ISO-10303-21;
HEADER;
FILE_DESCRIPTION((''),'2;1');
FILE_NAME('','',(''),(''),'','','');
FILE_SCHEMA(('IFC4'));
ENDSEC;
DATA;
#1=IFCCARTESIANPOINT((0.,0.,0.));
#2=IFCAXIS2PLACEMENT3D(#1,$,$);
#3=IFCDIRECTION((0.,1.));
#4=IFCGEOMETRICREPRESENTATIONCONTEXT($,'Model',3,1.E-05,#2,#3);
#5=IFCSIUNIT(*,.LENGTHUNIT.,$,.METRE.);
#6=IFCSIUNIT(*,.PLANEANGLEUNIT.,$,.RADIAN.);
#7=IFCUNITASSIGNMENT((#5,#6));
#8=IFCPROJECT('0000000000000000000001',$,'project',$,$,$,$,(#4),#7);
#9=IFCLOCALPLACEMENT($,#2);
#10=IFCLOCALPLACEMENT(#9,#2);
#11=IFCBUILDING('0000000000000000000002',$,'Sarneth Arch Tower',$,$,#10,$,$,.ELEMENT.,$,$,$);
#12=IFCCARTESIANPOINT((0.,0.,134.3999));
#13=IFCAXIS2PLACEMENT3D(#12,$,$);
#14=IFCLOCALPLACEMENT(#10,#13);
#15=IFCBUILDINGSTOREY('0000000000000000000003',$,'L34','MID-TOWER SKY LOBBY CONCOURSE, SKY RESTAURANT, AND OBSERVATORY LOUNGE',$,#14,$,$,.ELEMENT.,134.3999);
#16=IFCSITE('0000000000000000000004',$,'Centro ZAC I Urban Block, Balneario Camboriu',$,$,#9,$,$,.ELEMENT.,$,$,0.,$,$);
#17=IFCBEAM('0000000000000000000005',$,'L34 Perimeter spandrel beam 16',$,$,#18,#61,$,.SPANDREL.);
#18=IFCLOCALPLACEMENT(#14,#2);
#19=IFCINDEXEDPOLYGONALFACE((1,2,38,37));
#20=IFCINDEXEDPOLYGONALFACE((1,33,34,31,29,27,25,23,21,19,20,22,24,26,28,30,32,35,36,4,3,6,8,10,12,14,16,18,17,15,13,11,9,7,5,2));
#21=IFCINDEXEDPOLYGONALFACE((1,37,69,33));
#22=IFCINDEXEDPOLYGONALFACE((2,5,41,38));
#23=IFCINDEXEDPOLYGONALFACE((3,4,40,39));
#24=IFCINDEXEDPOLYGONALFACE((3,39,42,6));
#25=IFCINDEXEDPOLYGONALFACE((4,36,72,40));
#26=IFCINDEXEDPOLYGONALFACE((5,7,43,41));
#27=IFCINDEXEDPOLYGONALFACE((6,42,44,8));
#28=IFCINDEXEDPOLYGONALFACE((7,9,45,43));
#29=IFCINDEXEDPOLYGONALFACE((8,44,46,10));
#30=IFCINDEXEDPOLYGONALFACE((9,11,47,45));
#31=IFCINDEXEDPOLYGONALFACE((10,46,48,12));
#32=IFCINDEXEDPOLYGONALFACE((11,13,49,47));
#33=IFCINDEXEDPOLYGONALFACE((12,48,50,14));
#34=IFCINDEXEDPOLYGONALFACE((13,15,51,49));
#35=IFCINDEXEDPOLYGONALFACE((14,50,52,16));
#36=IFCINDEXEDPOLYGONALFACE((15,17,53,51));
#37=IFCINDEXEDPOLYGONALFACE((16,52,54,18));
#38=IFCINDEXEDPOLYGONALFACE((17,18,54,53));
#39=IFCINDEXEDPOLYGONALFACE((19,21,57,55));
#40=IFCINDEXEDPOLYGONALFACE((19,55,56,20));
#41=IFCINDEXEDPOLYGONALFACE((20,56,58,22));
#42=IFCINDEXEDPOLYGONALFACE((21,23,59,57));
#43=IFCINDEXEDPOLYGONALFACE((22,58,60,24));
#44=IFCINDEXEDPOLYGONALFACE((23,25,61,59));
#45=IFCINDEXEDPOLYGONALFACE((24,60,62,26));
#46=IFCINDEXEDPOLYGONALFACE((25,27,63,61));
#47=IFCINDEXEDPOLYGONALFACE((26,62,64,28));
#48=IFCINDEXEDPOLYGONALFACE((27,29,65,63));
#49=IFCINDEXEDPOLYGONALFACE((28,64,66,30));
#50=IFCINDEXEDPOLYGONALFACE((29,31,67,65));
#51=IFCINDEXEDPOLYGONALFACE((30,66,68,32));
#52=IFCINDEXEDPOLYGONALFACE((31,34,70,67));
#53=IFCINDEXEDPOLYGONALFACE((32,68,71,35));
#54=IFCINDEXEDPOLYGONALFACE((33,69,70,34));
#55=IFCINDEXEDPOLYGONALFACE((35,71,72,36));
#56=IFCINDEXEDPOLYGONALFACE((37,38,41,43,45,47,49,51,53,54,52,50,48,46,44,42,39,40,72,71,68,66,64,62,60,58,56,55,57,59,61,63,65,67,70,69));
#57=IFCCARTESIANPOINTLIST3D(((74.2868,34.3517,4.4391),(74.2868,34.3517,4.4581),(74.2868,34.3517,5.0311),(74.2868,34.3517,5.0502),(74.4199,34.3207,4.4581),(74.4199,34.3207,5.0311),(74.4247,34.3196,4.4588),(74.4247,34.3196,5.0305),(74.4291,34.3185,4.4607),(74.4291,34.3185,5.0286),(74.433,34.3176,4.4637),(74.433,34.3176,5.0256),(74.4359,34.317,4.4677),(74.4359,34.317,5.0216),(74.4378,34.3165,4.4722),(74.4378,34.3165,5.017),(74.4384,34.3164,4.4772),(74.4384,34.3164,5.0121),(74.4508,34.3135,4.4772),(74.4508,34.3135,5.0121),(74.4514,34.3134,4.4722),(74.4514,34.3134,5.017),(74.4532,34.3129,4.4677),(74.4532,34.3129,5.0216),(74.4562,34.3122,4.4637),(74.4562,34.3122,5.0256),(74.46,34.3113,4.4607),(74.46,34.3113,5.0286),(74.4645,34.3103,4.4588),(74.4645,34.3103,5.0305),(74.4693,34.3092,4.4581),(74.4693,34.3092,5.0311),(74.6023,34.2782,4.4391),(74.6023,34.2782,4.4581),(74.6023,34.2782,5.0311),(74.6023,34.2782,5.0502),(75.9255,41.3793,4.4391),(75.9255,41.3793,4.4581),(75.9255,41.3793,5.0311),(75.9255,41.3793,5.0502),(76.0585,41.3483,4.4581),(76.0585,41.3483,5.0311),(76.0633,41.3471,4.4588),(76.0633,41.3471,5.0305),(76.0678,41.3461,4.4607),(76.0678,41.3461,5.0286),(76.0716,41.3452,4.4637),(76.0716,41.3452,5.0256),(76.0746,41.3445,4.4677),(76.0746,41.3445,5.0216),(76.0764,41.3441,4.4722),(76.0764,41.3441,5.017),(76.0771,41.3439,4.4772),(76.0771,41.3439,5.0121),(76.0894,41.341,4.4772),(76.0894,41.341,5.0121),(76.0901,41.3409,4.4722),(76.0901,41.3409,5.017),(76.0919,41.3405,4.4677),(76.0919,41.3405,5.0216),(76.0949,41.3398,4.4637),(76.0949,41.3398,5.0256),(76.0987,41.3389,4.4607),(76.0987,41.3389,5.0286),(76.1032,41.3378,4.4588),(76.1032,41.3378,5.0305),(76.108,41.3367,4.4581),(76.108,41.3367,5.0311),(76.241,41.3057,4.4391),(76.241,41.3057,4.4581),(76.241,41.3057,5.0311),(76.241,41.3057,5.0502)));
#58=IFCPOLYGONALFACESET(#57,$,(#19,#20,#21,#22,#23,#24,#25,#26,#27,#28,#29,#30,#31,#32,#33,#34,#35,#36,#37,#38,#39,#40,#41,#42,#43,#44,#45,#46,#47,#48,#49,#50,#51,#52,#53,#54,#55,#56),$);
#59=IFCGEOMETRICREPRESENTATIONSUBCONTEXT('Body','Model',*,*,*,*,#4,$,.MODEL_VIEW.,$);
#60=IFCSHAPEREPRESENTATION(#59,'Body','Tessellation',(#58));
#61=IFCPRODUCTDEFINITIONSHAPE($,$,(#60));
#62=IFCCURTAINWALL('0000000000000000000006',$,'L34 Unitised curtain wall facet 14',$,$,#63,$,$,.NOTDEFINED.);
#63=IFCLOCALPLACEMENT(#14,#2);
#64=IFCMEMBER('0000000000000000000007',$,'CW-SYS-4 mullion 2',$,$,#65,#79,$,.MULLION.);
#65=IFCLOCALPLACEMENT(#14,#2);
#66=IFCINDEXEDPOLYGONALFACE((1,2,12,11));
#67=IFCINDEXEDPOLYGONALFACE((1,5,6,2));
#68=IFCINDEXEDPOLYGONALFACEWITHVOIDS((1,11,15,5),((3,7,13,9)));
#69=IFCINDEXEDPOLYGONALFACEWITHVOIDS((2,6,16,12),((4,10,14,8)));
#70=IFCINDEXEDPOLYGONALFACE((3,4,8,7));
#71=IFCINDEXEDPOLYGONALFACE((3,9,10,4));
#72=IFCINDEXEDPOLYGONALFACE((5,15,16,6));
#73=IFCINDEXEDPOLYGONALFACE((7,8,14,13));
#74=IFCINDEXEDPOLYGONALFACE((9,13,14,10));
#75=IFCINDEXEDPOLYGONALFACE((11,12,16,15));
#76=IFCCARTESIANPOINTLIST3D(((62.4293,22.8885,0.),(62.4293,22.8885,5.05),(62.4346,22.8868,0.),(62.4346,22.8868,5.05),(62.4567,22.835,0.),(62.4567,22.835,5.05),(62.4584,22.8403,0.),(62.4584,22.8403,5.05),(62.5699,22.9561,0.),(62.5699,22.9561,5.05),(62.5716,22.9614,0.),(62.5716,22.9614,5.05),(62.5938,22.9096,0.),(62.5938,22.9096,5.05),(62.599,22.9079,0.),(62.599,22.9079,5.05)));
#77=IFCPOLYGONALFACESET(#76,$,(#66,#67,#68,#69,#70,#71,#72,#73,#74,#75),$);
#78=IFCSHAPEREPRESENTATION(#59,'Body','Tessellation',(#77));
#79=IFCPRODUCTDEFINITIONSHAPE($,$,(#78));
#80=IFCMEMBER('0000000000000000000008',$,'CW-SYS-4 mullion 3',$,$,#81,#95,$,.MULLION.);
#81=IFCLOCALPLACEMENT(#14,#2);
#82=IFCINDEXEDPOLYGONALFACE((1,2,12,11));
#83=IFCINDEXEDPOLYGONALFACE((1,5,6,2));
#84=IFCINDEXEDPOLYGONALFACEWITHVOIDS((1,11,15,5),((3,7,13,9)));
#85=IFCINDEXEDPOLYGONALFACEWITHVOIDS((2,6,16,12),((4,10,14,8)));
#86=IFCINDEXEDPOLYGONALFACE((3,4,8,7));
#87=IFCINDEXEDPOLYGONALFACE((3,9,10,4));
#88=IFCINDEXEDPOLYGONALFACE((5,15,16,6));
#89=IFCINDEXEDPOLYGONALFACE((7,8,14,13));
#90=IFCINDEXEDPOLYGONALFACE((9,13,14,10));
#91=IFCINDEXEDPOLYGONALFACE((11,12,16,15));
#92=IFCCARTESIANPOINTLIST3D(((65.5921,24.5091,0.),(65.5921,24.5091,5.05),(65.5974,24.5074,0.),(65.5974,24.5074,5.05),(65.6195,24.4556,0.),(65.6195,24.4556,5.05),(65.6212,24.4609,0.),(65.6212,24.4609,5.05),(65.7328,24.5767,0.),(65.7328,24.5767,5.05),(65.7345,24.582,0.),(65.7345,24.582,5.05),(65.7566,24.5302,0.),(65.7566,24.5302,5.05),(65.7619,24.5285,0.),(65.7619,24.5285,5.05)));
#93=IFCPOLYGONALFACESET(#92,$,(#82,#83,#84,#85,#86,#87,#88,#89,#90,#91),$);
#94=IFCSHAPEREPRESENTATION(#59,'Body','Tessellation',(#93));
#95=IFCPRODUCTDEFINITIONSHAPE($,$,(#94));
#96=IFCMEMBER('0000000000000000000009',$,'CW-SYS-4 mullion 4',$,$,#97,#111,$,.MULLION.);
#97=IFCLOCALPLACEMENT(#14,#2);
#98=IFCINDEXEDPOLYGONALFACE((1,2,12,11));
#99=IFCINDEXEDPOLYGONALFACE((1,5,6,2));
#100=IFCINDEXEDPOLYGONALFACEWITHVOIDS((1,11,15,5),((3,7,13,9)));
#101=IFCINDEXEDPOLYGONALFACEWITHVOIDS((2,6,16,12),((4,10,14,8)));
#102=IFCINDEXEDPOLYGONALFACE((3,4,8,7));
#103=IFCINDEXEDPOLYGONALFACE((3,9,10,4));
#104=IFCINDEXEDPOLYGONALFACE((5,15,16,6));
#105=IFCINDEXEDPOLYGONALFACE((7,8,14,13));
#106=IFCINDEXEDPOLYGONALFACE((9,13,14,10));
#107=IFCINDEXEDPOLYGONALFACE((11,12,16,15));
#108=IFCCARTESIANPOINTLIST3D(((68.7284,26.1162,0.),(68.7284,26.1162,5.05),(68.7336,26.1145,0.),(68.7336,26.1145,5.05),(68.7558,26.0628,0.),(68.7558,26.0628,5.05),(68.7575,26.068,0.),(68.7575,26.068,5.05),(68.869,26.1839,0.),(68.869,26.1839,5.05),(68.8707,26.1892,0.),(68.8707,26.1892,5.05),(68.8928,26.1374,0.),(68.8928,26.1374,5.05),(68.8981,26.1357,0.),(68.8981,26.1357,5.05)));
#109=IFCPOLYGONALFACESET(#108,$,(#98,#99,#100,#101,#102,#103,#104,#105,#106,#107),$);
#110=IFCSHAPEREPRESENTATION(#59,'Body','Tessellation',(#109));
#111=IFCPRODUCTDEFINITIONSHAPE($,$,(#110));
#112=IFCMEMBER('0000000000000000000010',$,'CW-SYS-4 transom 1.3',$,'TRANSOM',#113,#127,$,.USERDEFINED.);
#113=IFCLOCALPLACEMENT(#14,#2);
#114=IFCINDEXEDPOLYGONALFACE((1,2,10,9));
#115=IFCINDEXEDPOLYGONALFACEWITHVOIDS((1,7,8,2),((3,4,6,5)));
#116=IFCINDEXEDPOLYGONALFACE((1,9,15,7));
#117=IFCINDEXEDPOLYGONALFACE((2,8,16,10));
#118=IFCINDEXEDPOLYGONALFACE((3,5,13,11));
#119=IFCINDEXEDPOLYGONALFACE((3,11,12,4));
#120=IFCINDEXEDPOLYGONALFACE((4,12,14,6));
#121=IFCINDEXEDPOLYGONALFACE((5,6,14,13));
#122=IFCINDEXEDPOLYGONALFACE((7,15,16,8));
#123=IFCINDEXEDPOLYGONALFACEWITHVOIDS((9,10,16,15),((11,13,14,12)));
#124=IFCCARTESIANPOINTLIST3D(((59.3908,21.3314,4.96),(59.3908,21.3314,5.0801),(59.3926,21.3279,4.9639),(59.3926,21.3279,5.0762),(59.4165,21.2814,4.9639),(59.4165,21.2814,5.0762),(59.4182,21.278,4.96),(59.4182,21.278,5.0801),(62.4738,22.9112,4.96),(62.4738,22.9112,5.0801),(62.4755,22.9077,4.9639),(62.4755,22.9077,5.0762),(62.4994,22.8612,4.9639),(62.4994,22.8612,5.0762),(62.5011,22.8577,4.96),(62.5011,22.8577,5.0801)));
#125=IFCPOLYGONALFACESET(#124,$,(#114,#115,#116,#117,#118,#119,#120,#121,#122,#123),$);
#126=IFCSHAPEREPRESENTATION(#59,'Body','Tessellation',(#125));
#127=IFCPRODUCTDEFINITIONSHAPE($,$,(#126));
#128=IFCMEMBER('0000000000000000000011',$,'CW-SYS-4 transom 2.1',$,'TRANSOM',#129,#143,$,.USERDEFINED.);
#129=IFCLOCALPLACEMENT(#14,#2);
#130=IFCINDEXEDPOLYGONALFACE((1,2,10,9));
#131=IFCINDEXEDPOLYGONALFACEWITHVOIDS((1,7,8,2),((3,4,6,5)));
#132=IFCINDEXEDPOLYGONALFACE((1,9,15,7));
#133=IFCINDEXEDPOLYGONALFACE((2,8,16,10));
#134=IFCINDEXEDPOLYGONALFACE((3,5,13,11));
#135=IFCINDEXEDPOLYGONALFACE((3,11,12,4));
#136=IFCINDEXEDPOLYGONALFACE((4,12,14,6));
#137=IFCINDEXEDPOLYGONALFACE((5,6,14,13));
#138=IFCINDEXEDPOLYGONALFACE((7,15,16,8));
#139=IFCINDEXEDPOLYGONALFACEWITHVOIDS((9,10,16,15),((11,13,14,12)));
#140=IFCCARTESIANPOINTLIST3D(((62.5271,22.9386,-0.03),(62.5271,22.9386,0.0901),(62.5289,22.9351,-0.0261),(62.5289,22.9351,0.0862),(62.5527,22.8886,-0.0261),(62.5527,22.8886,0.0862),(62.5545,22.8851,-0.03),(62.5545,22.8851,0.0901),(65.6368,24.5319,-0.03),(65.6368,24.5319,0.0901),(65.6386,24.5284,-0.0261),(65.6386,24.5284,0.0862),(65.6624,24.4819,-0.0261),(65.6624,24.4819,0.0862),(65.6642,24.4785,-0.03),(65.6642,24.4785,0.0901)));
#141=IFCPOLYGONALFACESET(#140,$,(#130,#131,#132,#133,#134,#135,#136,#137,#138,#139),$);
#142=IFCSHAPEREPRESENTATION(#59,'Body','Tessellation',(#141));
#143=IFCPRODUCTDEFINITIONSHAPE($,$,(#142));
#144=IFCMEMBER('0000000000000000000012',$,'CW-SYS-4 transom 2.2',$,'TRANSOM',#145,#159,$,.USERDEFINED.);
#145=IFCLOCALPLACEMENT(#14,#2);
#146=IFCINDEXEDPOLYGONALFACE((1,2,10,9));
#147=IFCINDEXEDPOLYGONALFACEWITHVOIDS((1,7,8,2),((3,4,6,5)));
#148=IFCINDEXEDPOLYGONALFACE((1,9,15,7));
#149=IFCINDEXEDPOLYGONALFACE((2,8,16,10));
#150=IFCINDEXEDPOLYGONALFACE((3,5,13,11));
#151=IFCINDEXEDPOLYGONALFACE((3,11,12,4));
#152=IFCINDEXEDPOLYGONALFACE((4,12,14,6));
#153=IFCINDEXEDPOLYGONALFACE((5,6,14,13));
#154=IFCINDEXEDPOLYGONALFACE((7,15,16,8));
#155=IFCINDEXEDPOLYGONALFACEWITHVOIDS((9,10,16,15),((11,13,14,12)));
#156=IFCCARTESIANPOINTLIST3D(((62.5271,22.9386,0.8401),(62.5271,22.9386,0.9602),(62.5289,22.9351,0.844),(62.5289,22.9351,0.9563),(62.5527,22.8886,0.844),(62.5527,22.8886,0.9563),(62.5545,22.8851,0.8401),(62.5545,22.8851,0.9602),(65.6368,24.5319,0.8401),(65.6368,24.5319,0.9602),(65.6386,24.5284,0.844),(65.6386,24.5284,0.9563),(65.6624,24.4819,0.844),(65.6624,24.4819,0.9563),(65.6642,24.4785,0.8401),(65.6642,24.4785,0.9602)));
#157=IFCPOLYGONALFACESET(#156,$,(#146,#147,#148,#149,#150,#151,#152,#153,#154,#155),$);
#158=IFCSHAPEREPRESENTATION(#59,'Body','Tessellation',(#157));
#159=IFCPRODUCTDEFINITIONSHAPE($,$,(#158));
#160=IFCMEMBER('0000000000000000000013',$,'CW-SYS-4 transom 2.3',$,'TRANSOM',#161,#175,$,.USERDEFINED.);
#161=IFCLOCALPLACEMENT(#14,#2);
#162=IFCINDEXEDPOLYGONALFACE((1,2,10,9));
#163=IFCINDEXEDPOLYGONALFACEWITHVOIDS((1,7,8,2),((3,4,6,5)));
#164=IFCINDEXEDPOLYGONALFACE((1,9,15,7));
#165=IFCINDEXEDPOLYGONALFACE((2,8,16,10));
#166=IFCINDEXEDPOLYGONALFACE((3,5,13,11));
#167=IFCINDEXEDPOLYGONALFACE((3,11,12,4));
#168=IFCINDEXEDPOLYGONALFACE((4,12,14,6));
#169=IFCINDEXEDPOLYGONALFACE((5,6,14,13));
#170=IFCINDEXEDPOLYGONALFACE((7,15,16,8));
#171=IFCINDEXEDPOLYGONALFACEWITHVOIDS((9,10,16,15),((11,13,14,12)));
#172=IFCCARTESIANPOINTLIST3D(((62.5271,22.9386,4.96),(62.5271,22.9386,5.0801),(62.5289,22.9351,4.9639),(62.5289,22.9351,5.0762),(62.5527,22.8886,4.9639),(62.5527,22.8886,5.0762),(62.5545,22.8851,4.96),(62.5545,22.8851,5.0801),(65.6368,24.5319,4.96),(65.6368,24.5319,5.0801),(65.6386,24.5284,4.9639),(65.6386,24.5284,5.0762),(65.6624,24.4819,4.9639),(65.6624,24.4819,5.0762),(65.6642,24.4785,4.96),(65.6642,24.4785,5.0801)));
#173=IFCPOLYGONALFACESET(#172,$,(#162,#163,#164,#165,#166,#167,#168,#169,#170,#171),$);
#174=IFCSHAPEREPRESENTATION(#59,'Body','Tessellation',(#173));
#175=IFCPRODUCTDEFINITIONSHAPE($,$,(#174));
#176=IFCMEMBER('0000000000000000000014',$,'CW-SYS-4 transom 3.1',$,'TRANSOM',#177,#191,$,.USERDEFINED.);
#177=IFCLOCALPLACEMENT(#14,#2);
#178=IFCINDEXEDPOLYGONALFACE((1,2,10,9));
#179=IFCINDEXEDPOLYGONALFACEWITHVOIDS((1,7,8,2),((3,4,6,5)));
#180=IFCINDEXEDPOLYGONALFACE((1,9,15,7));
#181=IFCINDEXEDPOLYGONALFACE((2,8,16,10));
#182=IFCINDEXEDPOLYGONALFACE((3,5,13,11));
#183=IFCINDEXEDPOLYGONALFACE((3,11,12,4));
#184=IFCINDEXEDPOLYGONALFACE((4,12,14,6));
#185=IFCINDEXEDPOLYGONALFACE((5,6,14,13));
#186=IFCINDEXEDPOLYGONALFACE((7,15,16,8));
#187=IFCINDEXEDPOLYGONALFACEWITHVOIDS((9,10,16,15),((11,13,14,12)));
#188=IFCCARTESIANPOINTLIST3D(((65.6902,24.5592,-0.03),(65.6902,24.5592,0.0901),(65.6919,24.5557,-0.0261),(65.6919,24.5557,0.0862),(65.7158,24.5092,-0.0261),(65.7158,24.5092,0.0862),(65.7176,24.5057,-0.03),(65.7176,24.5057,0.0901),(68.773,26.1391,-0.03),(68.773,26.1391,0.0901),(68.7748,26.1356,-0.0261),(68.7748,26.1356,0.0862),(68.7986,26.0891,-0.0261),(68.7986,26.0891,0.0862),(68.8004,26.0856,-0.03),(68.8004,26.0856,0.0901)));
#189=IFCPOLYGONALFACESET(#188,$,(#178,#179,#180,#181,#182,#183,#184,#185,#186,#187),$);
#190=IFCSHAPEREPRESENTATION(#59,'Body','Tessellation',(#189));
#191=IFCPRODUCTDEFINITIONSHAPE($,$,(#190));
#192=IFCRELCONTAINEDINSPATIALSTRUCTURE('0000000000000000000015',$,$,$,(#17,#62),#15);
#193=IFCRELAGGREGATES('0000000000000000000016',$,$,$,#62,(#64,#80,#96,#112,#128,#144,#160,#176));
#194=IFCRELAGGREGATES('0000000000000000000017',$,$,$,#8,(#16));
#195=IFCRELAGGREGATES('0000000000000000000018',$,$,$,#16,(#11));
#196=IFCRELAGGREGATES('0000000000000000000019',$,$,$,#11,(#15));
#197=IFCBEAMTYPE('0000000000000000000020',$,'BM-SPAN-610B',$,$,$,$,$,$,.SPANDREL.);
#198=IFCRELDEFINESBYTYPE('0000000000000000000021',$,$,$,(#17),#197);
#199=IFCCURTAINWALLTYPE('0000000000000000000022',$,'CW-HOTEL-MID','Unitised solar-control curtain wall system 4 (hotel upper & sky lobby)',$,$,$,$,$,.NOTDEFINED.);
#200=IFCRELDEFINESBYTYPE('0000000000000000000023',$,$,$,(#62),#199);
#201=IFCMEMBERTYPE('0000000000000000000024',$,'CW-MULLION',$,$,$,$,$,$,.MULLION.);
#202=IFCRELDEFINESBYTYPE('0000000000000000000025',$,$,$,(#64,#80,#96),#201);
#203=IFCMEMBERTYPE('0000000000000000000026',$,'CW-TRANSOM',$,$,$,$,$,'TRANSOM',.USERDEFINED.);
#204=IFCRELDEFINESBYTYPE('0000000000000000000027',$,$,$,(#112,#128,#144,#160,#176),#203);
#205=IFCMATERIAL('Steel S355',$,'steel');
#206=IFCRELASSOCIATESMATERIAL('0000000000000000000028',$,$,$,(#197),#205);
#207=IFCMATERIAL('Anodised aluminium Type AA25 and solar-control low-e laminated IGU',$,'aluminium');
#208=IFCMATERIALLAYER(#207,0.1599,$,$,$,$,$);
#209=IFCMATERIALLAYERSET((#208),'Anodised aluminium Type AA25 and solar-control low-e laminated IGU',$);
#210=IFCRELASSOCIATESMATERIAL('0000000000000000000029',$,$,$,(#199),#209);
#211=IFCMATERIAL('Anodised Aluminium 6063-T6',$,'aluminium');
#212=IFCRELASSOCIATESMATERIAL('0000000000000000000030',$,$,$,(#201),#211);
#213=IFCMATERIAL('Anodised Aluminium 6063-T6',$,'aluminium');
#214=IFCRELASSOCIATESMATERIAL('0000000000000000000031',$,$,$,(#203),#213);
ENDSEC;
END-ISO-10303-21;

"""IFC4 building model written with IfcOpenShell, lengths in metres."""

from ifc_helpers import new_model, si_unit, direction, frame, origin, origin_2d, place, context, subcontext, project, spatial, hollow_rectangle, i_section, extrude, material, layer, layer_set, material_profile, profile_set, type_object, element, aggregate, save


model = new_model("IFC4")

# Units and contexts
model_context = context("Model", 3, precision=1e-05, world=origin(), true_north=direction((0.0, 1.0)))
body_context = subcontext(model_context, "Body", "Model", "MODEL_VIEW")
ifc_project = project(units=[si_unit("LENGTHUNIT", "METRE"), si_unit("PLANEANGLEUNIT", "RADIAN")], contexts=[model_context])

# Site, building, storey
site_placement = place(None, origin())
site = spatial("IfcSite", under=ifc_project, at=site_placement, Name="Centro ZAC I Urban Block, Balneario Camboriu", CompositionType="ELEMENT", RefElevation=0.0)
building_placement = place(site_placement, origin())
building = spatial("IfcBuilding", under=site, at=building_placement, Name="Sarneth Arch Tower", CompositionType="ELEMENT")
storey_placement = place(building_placement, frame((0.0, 0.0, 134.3999)))
storey = spatial("IfcBuildingStorey", under=building, at=storey_placement, Name="L34", Description="MID-TOWER SKY LOBBY CONCOURSE, SKY RESTAURANT, AND OBSERVATORY LOUNGE", CompositionType="ELEMENT", Elevation=134.3999)

# Beam
ifc_material_1 = material(Name="Steel S355", Category="steel")
ifc_material_profile_1 = material_profile(ifc_material_1, i_section(OverallWidth=0.324, OverallDepth=0.6111, WebThickness=0.0127, FlangeThickness=0.019, FilletRadius=0.019, at=origin_2d()), Name="W610x155")
ifc_profile_set_1 = profile_set([ifc_material_profile_1], Name="Steel S355")
beam_type_1 = type_object("IfcBeamType", Name="BM-SPAN-610B", PredefinedType="SPANDREL", material=ifc_profile_set_1)
beam_1_placement = place(storey_placement, frame((74.4446, 34.3149, 4.7446), z_axis=(0.227085, 0.973875, 0.0), x_axis=(-0.973875, 0.227085, 0.0)))
element("IfcBeam", 1, at=beam_1_placement, inside=storey, type_object=beam_type_1, Name="L34 Perimeter spandrel beam 16", PredefinedType="SPANDREL", context=body_context, shape_type="SweptSolid", body=[
    extrude(i_section(OverallWidth=0.324, OverallDepth=0.6111, WebThickness=0.0127, FlangeThickness=0.019, FilletRadius=0.019, at=origin_2d()), origin(), (0.0, 0.0, 1.0), 7.2161),
])

# Curtain wall, members
ifc_material_2 = material(Name="Anodised aluminium Type AA25 and solar-control low-e laminated IGU", Category="aluminium")
ifc_layer_1 = layer(ifc_material_2, 0.1599)
ifc_layer_set_1 = layer_set([ifc_layer_1], Name="Anodised aluminium Type AA25 and solar-control low-e laminated IGU")
curtain_wall_type = type_object("IfcCurtainWallType", Name="CW-HOTEL-MID", Description="Unitised solar-control curtain wall system 4 (hotel upper & sky lobby)", PredefinedType="NOTDEFINED", material=ifc_layer_set_1)
curtain_wall_placement = place(storey_placement, origin())
curtain_wall = element("IfcCurtainWall", 2, at=curtain_wall_placement, inside=storey, type_object=curtain_wall_type, Name="L34 Unitised curtain wall facet 14", PredefinedType="NOTDEFINED")
ifc_material_3 = material(Name="Anodised Aluminium 6063-T6", Category="aluminium")
ifc_material_profile_2 = material_profile(ifc_material_3, hollow_rectangle(XDim=0.0601, YDim=0.1599, WallThickness=0.0039, at=origin_2d()), Name="AL-MULL-160x60x4")
ifc_profile_set_2 = profile_set([ifc_material_profile_2], Name="Anodised Aluminium 6063-T6")
member_type_1 = type_object("IfcMemberType", Name="CW-MULLION", PredefinedType="MULLION", material=ifc_profile_set_2)
member_1_placement = place(storey_placement, frame((62.5142, 22.8982, 0.0), z_axis=(0.0, 0.0, 1.0), x_axis=(-0.456031, 0.889964, 0.0)))
member_1 = element("IfcMember", 3, at=member_1_placement, type_object=member_type_1, Name="CW-SYS-4 mullion 2", PredefinedType="MULLION", context=body_context, shape_type="SweptSolid", body=[
    extrude(hollow_rectangle(XDim=0.0601, YDim=0.1599, WallThickness=0.0039, at=origin_2d()), origin(), (0.0, 0.0, 1.0), 5.05),
])
member_2_placement = place(storey_placement, frame((65.677, 24.5188, 0.0), z_axis=(0.0, 0.0, 1.0), x_axis=(-0.456031, 0.889964, 0.0)))
member_2 = element("IfcMember", 4, at=member_2_placement, type_object=member_type_1, Name="CW-SYS-4 mullion 3", PredefinedType="MULLION", context=body_context, shape_type="SweptSolid", body=[
    extrude(hollow_rectangle(XDim=0.0601, YDim=0.1599, WallThickness=0.0039, at=origin_2d()), origin(), (0.0, 0.0, 1.0), 5.05),
])
member_3_placement = place(storey_placement, frame((68.8132, 26.126, 0.0), z_axis=(0.0, 0.0, 1.0), x_axis=(-0.456031, 0.889964, 0.0)))
member_3 = element("IfcMember", 5, at=member_3_placement, type_object=member_type_1, Name="CW-SYS-4 mullion 4", PredefinedType="MULLION", context=body_context, shape_type="SweptSolid", body=[
    extrude(hollow_rectangle(XDim=0.0601, YDim=0.1599, WallThickness=0.0039, at=origin_2d()), origin(), (0.0, 0.0, 1.0), 5.05),
])
ifc_material_4 = material(Name="Anodised Aluminium 6063-T6", Category="aluminium")
ifc_material_profile_3 = material_profile(ifc_material_4, hollow_rectangle(XDim=0.0601, YDim=0.1201, WallThickness=0.0039, at=origin_2d()), Name="AL-TRAN-120x60x4")
ifc_profile_set_3 = profile_set([ifc_material_profile_3], Name="Anodised Aluminium 6063-T6")
member_type_2 = type_object("IfcMemberType", Name="CW-TRANSOM", ElementType="TRANSOM", PredefinedType="USERDEFINED", material=ifc_profile_set_3)
member_4_placement = place(storey_placement, frame((59.4045, 21.3047, 5.02), z_axis=(0.889958, 0.456043, 0.0), x_axis=(-0.456043, 0.889958, 0.0)))
member_4 = element("IfcMember", 6, at=member_4_placement, type_object=member_type_2, Name="CW-SYS-4 transom 1.3", ObjectType="TRANSOM", PredefinedType="USERDEFINED", context=body_context, shape_type="SweptSolid", body=[
    extrude(hollow_rectangle(XDim=0.0601, YDim=0.1201, WallThickness=0.0039, at=origin_2d()), origin(), (0.0, 0.0, 1.0), 3.4641),
])
member_5_placement = place(storey_placement, frame((62.5408, 22.9119, 0.03), z_axis=(0.889982, 0.455996, 0.0), x_axis=(-0.455996, 0.889982, 0.0)))
member_5 = element("IfcMember", 7, at=member_5_placement, type_object=member_type_2, Name="CW-SYS-4 transom 2.1", ObjectType="TRANSOM", PredefinedType="USERDEFINED", context=body_context, shape_type="SweptSolid", body=[
    extrude(hollow_rectangle(XDim=0.0601, YDim=0.1201, WallThickness=0.0039, at=origin_2d()), origin(), (0.0, 0.0, 1.0), 3.4941),
])
member_6_placement = place(storey_placement, frame((62.5408, 22.9119, 0.9001), z_axis=(0.889982, 0.455996, 0.0), x_axis=(-0.455996, 0.889982, 0.0)))
member_6 = element("IfcMember", 8, at=member_6_placement, type_object=member_type_2, Name="CW-SYS-4 transom 2.2", ObjectType="TRANSOM", PredefinedType="USERDEFINED", context=body_context, shape_type="SweptSolid", body=[
    extrude(hollow_rectangle(XDim=0.0601, YDim=0.1201, WallThickness=0.0039, at=origin_2d()), origin(), (0.0, 0.0, 1.0), 3.4941),
])
member_7_placement = place(storey_placement, frame((62.5408, 22.9119, 5.02), z_axis=(0.889982, 0.455996, 0.0), x_axis=(-0.455996, 0.889982, 0.0)))
member_7 = element("IfcMember", 9, at=member_7_placement, type_object=member_type_2, Name="CW-SYS-4 transom 2.3", ObjectType="TRANSOM", PredefinedType="USERDEFINED", context=body_context, shape_type="SweptSolid", body=[
    extrude(hollow_rectangle(XDim=0.0601, YDim=0.1201, WallThickness=0.0039, at=origin_2d()), origin(), (0.0, 0.0, 1.0), 3.4941),
])
member_8_placement = place(storey_placement, frame((65.7039, 24.5325, 0.03), z_axis=(0.889943, 0.456072, 0.0), x_axis=(-0.456072, 0.889943, 0.0)))
member_8 = element("IfcMember", 10, at=member_8_placement, type_object=member_type_2, Name="CW-SYS-4 transom 3.1", ObjectType="TRANSOM", PredefinedType="USERDEFINED", context=body_context, shape_type="SweptSolid", body=[
    extrude(hollow_rectangle(XDim=0.0601, YDim=0.1201, WallThickness=0.0039, at=origin_2d()), origin(), (0.0, 0.0, 1.0), 3.4641),
])

aggregate(curtain_wall, [member_1, member_2, member_3, member_4, member_5, member_6, member_7, member_8])

save(model, "model.ifc")
